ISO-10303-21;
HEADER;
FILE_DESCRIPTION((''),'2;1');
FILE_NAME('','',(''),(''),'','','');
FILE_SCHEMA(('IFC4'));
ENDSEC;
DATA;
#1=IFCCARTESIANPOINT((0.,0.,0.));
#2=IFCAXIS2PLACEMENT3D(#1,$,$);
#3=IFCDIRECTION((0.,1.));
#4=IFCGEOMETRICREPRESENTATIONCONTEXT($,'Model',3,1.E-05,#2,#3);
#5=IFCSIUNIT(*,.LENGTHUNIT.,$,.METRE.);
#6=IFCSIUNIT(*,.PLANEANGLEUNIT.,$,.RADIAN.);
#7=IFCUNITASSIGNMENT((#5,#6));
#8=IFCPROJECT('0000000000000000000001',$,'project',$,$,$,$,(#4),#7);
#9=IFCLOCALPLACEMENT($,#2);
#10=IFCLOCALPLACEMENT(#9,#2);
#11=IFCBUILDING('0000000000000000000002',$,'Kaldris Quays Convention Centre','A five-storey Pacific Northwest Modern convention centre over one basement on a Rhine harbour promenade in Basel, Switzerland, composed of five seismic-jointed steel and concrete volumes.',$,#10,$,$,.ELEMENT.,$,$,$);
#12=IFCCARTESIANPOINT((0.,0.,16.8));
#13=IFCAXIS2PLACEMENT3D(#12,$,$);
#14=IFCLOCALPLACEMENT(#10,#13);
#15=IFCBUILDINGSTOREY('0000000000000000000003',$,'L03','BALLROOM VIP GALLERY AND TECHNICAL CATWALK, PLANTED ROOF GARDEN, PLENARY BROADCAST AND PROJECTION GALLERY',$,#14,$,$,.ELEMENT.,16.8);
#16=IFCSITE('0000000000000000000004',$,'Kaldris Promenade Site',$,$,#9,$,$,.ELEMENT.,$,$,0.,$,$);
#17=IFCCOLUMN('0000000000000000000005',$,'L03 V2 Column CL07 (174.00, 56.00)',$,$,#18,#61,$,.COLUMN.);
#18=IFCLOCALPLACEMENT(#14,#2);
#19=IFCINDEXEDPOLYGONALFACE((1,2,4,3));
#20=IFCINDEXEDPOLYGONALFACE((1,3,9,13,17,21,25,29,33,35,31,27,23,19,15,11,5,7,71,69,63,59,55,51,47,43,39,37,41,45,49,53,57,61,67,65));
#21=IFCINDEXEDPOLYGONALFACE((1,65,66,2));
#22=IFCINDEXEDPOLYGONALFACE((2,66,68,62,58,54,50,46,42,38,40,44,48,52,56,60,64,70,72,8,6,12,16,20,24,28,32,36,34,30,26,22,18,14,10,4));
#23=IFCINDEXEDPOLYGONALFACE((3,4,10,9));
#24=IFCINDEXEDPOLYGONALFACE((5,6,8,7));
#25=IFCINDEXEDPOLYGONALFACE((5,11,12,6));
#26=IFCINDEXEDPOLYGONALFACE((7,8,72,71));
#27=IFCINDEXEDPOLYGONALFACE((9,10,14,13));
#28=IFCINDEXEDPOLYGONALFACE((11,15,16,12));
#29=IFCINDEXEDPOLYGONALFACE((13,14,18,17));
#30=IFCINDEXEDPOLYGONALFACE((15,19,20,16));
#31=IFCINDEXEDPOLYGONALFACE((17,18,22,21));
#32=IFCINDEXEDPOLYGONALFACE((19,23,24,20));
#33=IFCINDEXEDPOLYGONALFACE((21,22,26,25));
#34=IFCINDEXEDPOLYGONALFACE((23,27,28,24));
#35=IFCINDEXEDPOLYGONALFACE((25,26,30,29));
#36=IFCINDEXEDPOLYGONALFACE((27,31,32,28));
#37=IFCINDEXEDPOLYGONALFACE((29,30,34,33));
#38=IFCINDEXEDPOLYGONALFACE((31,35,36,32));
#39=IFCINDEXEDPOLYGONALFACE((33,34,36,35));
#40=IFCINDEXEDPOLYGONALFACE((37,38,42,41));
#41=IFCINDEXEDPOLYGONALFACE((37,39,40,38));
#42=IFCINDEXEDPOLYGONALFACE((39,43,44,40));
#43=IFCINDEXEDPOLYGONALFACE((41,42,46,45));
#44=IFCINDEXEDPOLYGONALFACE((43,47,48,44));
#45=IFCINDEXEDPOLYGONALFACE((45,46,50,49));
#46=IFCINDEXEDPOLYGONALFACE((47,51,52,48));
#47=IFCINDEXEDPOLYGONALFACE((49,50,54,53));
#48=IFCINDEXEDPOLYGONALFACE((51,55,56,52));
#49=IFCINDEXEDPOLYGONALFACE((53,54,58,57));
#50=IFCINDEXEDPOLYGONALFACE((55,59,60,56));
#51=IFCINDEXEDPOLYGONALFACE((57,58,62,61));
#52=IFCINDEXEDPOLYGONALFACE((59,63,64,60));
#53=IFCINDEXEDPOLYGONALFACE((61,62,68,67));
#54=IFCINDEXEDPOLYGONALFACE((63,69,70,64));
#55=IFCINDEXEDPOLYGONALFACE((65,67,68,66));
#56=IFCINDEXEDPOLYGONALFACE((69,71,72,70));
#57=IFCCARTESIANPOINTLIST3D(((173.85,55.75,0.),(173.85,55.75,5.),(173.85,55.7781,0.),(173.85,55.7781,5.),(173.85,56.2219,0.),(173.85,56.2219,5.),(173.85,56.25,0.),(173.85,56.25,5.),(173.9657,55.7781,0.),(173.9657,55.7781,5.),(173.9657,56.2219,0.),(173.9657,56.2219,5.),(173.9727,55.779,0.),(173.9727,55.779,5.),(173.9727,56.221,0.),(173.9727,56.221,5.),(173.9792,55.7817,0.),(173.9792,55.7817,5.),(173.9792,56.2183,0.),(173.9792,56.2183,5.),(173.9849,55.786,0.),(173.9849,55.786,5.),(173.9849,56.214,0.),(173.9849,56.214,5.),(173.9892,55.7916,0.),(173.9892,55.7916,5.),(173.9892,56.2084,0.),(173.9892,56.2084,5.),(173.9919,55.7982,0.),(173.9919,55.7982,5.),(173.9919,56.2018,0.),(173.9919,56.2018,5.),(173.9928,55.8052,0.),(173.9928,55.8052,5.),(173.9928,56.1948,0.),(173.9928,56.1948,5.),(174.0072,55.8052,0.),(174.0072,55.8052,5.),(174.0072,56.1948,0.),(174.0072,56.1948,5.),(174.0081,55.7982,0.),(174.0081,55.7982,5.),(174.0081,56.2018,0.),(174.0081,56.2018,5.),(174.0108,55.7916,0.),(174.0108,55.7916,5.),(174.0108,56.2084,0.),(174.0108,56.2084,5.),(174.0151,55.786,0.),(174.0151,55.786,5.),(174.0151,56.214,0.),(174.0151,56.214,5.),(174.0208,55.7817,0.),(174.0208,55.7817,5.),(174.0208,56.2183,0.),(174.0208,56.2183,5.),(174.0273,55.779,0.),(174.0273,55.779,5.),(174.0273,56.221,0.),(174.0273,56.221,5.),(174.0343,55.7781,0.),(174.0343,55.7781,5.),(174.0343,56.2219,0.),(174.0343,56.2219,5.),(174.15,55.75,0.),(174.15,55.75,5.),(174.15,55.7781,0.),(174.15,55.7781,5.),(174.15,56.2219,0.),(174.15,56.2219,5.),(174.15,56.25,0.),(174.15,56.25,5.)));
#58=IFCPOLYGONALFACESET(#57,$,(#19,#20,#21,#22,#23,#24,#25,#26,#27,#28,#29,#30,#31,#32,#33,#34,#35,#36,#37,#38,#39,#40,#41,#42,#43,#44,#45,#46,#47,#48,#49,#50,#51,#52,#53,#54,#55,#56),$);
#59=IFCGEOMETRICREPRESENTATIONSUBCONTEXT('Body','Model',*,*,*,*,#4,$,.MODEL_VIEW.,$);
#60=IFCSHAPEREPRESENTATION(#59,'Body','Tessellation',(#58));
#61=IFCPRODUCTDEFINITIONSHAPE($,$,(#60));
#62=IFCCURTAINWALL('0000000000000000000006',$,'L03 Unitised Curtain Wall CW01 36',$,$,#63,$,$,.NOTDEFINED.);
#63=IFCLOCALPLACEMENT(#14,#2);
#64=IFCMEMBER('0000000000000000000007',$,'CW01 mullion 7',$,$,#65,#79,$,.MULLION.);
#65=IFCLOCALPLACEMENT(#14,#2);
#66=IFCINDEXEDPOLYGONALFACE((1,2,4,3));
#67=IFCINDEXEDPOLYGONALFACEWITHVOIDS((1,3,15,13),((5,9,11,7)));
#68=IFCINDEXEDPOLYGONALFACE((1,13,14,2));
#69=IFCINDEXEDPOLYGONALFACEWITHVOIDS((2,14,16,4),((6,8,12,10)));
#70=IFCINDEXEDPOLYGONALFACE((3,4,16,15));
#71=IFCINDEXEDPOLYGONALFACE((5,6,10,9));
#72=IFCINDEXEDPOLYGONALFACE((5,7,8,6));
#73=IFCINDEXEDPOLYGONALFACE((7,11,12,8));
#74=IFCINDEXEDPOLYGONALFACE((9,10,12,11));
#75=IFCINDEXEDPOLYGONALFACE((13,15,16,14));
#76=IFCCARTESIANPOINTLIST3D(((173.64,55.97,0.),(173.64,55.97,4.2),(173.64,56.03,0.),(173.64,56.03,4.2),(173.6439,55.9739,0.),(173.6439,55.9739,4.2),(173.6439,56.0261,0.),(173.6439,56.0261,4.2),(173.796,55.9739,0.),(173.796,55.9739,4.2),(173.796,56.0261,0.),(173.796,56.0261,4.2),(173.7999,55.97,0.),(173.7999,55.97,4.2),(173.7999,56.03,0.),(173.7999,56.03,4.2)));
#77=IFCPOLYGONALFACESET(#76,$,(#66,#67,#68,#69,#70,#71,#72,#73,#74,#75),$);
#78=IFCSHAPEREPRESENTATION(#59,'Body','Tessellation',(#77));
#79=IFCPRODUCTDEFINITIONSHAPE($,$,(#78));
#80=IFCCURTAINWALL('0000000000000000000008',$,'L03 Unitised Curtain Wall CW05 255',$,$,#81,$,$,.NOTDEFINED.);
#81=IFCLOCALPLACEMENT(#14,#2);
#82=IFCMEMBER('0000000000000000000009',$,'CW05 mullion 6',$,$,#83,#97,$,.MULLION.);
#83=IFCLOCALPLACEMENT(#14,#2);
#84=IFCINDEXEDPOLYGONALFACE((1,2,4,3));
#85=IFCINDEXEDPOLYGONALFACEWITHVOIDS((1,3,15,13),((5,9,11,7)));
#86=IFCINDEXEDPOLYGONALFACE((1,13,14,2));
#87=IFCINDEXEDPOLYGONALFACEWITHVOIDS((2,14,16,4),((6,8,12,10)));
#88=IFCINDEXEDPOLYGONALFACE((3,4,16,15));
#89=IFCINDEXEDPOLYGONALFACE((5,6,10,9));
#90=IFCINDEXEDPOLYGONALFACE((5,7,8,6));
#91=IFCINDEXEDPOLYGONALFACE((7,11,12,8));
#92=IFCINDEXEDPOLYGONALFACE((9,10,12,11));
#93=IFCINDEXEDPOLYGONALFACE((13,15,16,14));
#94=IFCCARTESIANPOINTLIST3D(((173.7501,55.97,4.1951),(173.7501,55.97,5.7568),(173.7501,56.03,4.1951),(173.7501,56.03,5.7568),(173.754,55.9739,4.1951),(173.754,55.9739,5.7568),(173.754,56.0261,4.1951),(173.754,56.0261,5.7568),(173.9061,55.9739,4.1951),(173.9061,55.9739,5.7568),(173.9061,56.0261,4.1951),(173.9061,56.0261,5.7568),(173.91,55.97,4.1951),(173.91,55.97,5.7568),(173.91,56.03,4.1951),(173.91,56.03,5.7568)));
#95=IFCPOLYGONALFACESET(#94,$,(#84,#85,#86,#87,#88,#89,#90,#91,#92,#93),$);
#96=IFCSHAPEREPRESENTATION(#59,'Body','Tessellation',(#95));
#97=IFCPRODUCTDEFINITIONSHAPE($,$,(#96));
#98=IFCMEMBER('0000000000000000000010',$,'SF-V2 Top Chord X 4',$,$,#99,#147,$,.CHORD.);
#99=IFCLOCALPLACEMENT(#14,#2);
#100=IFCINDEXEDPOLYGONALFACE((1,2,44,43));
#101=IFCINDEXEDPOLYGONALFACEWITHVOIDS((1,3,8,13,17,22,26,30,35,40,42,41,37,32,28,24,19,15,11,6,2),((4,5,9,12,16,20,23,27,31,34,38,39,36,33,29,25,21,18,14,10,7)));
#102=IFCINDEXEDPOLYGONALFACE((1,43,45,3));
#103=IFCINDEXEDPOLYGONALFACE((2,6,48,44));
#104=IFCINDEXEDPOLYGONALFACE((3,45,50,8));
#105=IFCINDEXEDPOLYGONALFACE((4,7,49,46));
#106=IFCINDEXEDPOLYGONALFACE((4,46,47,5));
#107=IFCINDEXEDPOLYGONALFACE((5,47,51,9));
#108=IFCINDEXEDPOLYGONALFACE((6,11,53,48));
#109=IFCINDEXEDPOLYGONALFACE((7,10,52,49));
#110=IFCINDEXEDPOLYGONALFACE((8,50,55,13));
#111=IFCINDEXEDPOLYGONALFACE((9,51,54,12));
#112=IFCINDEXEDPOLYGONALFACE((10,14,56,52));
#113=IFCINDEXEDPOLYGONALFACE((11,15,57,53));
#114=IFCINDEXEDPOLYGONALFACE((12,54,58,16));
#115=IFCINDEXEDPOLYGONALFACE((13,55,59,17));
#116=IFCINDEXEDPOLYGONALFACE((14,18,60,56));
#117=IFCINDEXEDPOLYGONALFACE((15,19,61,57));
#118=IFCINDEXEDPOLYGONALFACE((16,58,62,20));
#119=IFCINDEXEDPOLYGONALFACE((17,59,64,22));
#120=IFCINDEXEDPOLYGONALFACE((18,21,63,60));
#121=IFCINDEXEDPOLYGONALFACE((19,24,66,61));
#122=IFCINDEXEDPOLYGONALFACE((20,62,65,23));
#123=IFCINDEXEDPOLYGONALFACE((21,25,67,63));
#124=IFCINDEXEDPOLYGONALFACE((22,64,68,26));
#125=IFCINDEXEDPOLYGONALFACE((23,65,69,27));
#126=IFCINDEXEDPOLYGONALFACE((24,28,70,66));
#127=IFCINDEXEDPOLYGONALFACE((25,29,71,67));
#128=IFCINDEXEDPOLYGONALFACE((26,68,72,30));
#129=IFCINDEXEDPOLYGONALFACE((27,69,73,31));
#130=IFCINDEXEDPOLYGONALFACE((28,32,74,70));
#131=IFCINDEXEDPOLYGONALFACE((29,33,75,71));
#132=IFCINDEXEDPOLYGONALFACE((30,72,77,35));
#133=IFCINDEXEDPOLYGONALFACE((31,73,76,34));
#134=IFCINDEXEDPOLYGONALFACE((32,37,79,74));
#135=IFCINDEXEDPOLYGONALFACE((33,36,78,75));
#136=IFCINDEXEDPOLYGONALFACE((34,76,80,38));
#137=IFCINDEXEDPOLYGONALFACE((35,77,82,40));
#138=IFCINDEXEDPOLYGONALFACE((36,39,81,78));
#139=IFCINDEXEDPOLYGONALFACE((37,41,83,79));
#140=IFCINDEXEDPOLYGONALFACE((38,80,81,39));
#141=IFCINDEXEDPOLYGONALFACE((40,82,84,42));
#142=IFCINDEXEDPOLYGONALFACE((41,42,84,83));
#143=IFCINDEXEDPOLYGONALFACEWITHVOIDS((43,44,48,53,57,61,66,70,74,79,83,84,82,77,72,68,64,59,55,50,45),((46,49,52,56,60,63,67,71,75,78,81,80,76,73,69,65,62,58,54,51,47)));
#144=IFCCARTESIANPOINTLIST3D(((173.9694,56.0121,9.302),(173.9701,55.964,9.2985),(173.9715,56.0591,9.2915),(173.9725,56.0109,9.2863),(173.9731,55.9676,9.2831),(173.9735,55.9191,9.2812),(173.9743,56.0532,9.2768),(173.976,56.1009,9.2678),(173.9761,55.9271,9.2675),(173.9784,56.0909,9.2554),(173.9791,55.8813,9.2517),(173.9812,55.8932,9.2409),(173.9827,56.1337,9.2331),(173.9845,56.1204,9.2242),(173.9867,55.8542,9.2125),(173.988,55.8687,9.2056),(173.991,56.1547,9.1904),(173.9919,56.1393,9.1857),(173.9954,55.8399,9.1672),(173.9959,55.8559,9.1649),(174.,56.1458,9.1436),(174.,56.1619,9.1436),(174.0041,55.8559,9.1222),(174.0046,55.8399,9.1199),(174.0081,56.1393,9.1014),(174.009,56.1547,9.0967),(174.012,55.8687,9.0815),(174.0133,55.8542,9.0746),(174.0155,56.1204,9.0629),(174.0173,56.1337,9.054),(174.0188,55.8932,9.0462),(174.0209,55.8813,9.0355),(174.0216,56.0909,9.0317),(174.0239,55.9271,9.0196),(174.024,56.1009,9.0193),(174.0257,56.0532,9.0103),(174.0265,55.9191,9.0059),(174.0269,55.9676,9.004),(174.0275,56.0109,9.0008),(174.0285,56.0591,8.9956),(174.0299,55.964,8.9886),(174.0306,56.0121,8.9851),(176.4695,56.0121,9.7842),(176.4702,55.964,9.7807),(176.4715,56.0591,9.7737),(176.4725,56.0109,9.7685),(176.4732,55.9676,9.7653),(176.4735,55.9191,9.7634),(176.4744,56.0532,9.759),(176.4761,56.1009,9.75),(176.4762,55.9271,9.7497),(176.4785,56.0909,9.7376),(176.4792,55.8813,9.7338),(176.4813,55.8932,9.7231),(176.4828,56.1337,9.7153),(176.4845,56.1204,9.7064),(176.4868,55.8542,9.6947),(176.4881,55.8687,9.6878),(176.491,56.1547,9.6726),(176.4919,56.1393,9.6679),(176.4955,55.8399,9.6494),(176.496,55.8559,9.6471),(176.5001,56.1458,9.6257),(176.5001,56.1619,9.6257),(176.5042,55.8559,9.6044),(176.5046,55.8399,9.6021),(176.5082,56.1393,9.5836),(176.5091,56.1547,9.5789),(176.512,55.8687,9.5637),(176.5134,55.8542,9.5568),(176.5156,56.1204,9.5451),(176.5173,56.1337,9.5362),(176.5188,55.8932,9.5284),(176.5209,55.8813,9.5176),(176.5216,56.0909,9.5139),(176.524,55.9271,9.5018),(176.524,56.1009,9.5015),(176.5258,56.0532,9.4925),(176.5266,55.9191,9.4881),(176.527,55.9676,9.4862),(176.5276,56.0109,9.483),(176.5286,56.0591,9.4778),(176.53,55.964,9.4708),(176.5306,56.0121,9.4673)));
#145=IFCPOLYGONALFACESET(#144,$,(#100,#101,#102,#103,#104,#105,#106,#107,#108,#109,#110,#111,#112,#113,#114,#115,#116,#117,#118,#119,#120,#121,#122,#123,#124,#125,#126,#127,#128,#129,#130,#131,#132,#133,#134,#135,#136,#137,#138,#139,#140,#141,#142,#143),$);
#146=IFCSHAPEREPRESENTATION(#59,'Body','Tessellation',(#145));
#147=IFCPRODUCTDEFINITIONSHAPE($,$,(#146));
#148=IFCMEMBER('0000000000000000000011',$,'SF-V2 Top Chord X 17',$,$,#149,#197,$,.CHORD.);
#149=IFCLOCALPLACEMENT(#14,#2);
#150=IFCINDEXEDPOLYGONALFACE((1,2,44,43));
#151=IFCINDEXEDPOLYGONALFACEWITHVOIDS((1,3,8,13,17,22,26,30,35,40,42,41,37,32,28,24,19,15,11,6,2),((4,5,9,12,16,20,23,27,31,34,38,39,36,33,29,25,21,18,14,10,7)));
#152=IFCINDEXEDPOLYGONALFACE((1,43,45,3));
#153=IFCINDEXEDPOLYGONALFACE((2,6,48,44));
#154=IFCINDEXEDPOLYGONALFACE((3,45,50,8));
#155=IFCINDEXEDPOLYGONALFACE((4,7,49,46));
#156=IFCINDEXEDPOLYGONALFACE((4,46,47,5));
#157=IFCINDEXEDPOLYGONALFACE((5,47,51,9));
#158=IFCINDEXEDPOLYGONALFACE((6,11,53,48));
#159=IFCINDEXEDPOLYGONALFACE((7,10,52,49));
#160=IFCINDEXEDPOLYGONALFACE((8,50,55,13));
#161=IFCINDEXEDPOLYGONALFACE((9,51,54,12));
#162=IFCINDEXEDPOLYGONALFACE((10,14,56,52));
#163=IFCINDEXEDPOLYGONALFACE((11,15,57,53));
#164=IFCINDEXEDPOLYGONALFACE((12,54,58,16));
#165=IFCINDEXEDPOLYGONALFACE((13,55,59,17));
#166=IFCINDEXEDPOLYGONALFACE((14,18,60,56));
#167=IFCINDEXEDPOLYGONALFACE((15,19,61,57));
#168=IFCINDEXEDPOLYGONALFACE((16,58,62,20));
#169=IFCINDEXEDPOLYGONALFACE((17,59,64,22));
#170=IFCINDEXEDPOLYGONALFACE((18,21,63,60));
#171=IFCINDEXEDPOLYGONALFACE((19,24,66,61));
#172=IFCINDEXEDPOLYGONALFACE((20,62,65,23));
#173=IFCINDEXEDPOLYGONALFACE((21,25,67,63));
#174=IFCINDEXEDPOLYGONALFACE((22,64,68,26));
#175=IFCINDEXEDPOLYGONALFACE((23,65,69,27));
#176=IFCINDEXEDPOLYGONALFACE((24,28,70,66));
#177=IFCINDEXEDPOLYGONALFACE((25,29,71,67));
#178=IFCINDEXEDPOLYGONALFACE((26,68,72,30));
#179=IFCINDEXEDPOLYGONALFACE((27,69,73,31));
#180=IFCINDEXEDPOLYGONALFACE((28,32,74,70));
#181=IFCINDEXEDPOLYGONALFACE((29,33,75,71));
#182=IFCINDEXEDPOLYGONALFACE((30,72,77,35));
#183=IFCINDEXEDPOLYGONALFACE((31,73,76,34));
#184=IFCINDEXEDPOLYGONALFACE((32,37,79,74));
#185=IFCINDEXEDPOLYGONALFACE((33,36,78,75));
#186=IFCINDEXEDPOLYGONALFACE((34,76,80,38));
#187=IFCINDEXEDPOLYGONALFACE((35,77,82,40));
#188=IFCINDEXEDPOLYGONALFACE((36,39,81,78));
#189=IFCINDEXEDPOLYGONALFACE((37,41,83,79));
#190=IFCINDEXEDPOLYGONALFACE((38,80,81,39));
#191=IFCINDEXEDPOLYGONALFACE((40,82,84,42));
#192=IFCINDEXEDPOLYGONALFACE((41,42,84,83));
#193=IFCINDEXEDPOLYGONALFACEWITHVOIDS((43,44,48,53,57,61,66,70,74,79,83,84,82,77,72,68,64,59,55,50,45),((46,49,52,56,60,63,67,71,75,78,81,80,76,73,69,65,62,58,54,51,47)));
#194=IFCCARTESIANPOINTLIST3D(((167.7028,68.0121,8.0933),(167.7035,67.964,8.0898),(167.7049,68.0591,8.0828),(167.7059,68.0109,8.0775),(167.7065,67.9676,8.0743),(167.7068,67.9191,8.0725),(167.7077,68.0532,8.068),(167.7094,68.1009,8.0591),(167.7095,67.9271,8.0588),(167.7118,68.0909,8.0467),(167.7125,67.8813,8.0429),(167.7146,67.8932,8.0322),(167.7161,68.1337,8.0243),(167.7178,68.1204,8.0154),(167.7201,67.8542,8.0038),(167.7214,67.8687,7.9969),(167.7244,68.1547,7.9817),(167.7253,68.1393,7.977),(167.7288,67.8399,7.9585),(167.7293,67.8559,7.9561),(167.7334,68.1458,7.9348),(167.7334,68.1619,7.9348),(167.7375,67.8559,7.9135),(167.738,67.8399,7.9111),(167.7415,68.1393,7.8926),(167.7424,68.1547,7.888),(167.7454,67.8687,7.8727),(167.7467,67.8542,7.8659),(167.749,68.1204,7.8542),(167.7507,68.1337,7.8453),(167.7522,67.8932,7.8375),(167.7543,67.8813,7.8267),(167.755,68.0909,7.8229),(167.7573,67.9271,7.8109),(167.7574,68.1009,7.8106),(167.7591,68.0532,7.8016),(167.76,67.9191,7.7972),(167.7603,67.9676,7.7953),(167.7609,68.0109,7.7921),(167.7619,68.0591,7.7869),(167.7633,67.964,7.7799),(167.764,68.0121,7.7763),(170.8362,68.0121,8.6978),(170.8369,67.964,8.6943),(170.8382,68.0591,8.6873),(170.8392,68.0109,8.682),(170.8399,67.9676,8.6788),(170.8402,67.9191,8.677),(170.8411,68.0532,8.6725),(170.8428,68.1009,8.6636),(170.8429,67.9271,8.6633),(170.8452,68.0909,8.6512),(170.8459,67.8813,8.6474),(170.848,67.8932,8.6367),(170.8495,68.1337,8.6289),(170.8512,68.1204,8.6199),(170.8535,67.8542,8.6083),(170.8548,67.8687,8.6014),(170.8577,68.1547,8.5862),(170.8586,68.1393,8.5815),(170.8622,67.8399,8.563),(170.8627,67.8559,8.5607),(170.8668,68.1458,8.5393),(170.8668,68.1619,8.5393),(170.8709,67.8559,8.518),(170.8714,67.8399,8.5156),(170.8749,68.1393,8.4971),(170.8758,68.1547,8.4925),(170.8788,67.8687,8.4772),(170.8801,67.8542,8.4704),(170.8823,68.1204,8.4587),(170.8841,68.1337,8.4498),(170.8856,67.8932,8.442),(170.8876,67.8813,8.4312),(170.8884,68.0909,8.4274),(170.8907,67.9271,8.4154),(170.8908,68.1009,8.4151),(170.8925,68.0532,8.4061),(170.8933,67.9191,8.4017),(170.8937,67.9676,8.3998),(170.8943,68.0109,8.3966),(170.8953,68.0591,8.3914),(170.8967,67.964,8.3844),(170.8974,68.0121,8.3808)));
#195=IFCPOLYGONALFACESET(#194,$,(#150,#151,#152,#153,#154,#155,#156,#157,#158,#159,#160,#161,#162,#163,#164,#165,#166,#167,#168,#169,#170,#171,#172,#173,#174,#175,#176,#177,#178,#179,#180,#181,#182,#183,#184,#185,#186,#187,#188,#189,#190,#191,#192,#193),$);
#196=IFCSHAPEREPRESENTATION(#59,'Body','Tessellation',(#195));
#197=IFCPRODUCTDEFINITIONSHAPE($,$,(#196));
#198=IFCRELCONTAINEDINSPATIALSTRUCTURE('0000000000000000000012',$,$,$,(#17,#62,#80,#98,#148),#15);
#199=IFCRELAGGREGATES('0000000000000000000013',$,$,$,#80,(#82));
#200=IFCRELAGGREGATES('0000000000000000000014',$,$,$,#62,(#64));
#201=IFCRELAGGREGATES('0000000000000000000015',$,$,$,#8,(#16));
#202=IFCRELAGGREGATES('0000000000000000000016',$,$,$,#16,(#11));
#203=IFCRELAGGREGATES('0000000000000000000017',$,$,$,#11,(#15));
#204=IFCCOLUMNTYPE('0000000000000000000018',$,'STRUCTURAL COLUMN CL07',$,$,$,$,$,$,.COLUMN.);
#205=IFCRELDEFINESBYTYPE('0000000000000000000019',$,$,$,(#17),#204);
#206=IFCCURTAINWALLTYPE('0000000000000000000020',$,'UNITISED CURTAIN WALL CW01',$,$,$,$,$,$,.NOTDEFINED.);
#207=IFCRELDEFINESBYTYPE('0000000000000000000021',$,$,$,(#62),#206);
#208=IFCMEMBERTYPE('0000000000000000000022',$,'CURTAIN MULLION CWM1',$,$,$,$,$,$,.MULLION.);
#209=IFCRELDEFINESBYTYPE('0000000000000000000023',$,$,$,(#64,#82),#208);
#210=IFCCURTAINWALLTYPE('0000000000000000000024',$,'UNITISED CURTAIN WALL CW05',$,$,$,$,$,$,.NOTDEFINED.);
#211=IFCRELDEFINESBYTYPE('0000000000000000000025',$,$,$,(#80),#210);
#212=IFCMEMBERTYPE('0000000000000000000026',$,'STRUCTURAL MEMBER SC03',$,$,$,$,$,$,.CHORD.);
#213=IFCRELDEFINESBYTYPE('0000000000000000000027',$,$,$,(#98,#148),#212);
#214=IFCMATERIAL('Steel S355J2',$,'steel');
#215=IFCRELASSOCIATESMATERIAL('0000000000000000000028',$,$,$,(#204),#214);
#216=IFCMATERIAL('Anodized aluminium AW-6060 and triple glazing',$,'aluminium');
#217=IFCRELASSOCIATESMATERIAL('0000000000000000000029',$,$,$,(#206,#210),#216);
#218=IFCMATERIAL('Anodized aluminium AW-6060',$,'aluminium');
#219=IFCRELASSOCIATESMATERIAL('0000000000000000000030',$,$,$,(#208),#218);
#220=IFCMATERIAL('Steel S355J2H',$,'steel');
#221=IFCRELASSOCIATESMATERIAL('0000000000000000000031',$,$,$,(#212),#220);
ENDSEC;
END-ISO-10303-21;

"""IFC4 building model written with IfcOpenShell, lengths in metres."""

from ifc_helpers import new_model, si_unit, direction, frame, origin, origin_2d, place, context, subcontext, project, spatial, hollow_rectangle, hollow_circle, i_section, extrude, material, material_profile, profile_set, type_object, element, aggregate, save


model = new_model("IFC4")

# Units and contexts
model_context = context("Model", 3, precision=1e-05, world=origin(), true_north=direction((0.0, 1.0)))
body_context = subcontext(model_context, "Body", "Model", "MODEL_VIEW")
ifc_project = project(units=[si_unit("LENGTHUNIT", "METRE"), si_unit("PLANEANGLEUNIT", "RADIAN")], contexts=[model_context])

# Site, building, storey
site_placement = place(None, origin())
site = spatial("IfcSite", under=ifc_project, at=site_placement, Name="Kaldris Promenade Site", CompositionType="ELEMENT", RefElevation=0.0)
building_placement = place(site_placement, origin())
building = spatial("IfcBuilding", under=site, at=building_placement, Name="Kaldris Quays Convention Centre", Description="A five-storey Pacific Northwest Modern convention centre over one basement on a Rhine harbour promenade in Basel, Switzerland, composed of five seismic-jointed steel and concrete volumes.", CompositionType="ELEMENT")
storey_placement = place(building_placement, frame((0.0, 0.0, 16.8)))
storey = spatial("IfcBuildingStorey", under=building, at=storey_placement, Name="L03", Description="BALLROOM VIP GALLERY AND TECHNICAL CATWALK, PLANTED ROOF GARDEN, PLENARY BROADCAST AND PROJECTION GALLERY", CompositionType="ELEMENT", Elevation=16.8)

# Column
ifc_material_1 = material(Name="Steel S355J2", Category="steel")
ifc_material_profile_1 = material_profile(ifc_material_1, i_section(OverallWidth=0.3, OverallDepth=0.5, WebThickness=0.0144, FlangeThickness=0.0281, FilletRadius=0.0271, at=origin_2d()), Name="HEB 500")
ifc_profile_set_1 = profile_set([ifc_material_profile_1], Name="Steel S355J2")
column_type = type_object("IfcColumnType", Name="STRUCTURAL COLUMN CL07", PredefinedType="COLUMN", material=ifc_profile_set_1)
column_placement = place(storey_placement, frame((174.0, 56.0, 0.0), z_axis=(0.0, 0.0, 1.0), x_axis=(1.0, 0.0, 0.0)))
element("IfcColumn", 1, at=column_placement, inside=storey, type_object=column_type, Name="L03 V2 Column CL07 (174.00, 56.00)", PredefinedType="COLUMN", context=body_context, shape_type="SweptSolid", body=[
    extrude(i_section(OverallWidth=0.3, OverallDepth=0.5, WebThickness=0.0144, FlangeThickness=0.0281, FilletRadius=0.0271, at=origin_2d()), origin(), (0.0, 0.0, 1.0), 5.0),
])

# Curtain walls, members
ifc_material_2 = material(Name="Anodized aluminium AW-6060 and triple glazing", Category="aluminium")
curtain_wall_type_1 = type_object("IfcCurtainWallType", Name="UNITISED CURTAIN WALL CW01", PredefinedType="NOTDEFINED", material=ifc_material_2)
curtain_wall_1_placement = place(storey_placement, origin())
curtain_wall_1 = element("IfcCurtainWall", 2, at=curtain_wall_1_placement, inside=storey, type_object=curtain_wall_type_1, Name="L03 Unitised Curtain Wall CW01 36", PredefinedType="NOTDEFINED")
ifc_material_3 = material(Name="Anodized aluminium AW-6060", Category="aluminium")
ifc_material_profile_2 = material_profile(ifc_material_3, hollow_rectangle(XDim=0.0601, YDim=0.1599, WallThickness=0.0039, at=origin_2d()), Name="RHS 160x60x4")
ifc_profile_set_2 = profile_set([ifc_material_profile_2], Name="Anodized aluminium AW-6060")
member_type_1 = type_object("IfcMemberType", Name="CURTAIN MULLION CWM1", PredefinedType="MULLION", material=ifc_profile_set_2)
member_1_placement = place(storey_placement, frame((173.72, 56.0, 0.0), z_axis=(0.0, 0.0, 1.0), x_axis=(0.0, 1.0, 0.0)))
member_1 = element("IfcMember", 3, at=member_1_placement, type_object=member_type_1, Name="CW01 mullion 7", PredefinedType="MULLION", context=body_context, shape_type="SweptSolid", body=[
    extrude(hollow_rectangle(XDim=0.0601, YDim=0.1599, WallThickness=0.0039, at=origin_2d()), origin(), (0.0, 0.0, 1.0), 4.2),
])
curtain_wall_type_2 = type_object("IfcCurtainWallType", Name="UNITISED CURTAIN WALL CW05", PredefinedType="NOTDEFINED", material=ifc_material_2)
curtain_wall_2_placement = place(storey_placement, origin())
curtain_wall_2 = element("IfcCurtainWall", 4, at=curtain_wall_2_placement, inside=storey, type_object=curtain_wall_type_2, Name="L03 Unitised Curtain Wall CW05 255", PredefinedType="NOTDEFINED")
member_2_placement = place(storey_placement, frame((173.8301, 56.0, 4.1951), z_axis=(0.0, 0.0, 1.0), x_axis=(0.0, 1.0, 0.0)))
member_2 = element("IfcMember", 5, at=member_2_placement, type_object=member_type_1, Name="CW05 mullion 6", PredefinedType="MULLION", context=body_context, shape_type="SweptSolid", body=[
    extrude(hollow_rectangle(XDim=0.0601, YDim=0.1599, WallThickness=0.0039, at=origin_2d()), origin(), (0.0, 0.0, 1.0), 1.5618),
])
aggregate(curtain_wall_2, [member_2])

# Members
ifc_material_4 = material(Name="Steel S355J2H", Category="steel")
ifc_material_profile_3 = material_profile(ifc_material_4, hollow_circle(Radius=0.1619, WallThickness=0.0161, at=origin_2d()), Name="CHS 323.9x16")
ifc_profile_set_3 = profile_set([ifc_material_profile_3], Name="Steel S355J2H")
member_type_2 = type_object("IfcMemberType", Name="STRUCTURAL MEMBER SC03", PredefinedType="CHORD", material=ifc_profile_set_3)
member_3_placement = place(storey_placement, frame((174.0, 56.0, 9.1436), z_axis=(0.981904, 0.0, 0.189381), x_axis=(0.0, 1.0, 0.0)))
element("IfcMember", 6, at=member_3_placement, inside=storey, type_object=member_type_2, Name="SF-V2 Top Chord X 4", PredefinedType="CHORD", context=body_context, shape_type="SweptSolid", body=[
    extrude(hollow_circle(Radius=0.1619, WallThickness=0.0161, at=origin_2d()), origin(), (0.0, 0.0, 1.0), 2.5461),
])
member_4_placement = place(storey_placement, frame((167.7334, 68.0, 7.9348), z_axis=(0.981894, 0.0, 0.189432), x_axis=(0.0, 1.0, 0.0)))
element("IfcMember", 7, at=member_4_placement, inside=storey, type_object=member_type_2, Name="SF-V2 Top Chord X 17", PredefinedType="CHORD", context=body_context, shape_type="SweptSolid", body=[
    extrude(hollow_circle(Radius=0.1619, WallThickness=0.0161, at=origin_2d()), origin(), (0.0, 0.0, 1.0), 3.1912),
])

aggregate(curtain_wall_1, [member_1])

save(model, "model.ifc")
